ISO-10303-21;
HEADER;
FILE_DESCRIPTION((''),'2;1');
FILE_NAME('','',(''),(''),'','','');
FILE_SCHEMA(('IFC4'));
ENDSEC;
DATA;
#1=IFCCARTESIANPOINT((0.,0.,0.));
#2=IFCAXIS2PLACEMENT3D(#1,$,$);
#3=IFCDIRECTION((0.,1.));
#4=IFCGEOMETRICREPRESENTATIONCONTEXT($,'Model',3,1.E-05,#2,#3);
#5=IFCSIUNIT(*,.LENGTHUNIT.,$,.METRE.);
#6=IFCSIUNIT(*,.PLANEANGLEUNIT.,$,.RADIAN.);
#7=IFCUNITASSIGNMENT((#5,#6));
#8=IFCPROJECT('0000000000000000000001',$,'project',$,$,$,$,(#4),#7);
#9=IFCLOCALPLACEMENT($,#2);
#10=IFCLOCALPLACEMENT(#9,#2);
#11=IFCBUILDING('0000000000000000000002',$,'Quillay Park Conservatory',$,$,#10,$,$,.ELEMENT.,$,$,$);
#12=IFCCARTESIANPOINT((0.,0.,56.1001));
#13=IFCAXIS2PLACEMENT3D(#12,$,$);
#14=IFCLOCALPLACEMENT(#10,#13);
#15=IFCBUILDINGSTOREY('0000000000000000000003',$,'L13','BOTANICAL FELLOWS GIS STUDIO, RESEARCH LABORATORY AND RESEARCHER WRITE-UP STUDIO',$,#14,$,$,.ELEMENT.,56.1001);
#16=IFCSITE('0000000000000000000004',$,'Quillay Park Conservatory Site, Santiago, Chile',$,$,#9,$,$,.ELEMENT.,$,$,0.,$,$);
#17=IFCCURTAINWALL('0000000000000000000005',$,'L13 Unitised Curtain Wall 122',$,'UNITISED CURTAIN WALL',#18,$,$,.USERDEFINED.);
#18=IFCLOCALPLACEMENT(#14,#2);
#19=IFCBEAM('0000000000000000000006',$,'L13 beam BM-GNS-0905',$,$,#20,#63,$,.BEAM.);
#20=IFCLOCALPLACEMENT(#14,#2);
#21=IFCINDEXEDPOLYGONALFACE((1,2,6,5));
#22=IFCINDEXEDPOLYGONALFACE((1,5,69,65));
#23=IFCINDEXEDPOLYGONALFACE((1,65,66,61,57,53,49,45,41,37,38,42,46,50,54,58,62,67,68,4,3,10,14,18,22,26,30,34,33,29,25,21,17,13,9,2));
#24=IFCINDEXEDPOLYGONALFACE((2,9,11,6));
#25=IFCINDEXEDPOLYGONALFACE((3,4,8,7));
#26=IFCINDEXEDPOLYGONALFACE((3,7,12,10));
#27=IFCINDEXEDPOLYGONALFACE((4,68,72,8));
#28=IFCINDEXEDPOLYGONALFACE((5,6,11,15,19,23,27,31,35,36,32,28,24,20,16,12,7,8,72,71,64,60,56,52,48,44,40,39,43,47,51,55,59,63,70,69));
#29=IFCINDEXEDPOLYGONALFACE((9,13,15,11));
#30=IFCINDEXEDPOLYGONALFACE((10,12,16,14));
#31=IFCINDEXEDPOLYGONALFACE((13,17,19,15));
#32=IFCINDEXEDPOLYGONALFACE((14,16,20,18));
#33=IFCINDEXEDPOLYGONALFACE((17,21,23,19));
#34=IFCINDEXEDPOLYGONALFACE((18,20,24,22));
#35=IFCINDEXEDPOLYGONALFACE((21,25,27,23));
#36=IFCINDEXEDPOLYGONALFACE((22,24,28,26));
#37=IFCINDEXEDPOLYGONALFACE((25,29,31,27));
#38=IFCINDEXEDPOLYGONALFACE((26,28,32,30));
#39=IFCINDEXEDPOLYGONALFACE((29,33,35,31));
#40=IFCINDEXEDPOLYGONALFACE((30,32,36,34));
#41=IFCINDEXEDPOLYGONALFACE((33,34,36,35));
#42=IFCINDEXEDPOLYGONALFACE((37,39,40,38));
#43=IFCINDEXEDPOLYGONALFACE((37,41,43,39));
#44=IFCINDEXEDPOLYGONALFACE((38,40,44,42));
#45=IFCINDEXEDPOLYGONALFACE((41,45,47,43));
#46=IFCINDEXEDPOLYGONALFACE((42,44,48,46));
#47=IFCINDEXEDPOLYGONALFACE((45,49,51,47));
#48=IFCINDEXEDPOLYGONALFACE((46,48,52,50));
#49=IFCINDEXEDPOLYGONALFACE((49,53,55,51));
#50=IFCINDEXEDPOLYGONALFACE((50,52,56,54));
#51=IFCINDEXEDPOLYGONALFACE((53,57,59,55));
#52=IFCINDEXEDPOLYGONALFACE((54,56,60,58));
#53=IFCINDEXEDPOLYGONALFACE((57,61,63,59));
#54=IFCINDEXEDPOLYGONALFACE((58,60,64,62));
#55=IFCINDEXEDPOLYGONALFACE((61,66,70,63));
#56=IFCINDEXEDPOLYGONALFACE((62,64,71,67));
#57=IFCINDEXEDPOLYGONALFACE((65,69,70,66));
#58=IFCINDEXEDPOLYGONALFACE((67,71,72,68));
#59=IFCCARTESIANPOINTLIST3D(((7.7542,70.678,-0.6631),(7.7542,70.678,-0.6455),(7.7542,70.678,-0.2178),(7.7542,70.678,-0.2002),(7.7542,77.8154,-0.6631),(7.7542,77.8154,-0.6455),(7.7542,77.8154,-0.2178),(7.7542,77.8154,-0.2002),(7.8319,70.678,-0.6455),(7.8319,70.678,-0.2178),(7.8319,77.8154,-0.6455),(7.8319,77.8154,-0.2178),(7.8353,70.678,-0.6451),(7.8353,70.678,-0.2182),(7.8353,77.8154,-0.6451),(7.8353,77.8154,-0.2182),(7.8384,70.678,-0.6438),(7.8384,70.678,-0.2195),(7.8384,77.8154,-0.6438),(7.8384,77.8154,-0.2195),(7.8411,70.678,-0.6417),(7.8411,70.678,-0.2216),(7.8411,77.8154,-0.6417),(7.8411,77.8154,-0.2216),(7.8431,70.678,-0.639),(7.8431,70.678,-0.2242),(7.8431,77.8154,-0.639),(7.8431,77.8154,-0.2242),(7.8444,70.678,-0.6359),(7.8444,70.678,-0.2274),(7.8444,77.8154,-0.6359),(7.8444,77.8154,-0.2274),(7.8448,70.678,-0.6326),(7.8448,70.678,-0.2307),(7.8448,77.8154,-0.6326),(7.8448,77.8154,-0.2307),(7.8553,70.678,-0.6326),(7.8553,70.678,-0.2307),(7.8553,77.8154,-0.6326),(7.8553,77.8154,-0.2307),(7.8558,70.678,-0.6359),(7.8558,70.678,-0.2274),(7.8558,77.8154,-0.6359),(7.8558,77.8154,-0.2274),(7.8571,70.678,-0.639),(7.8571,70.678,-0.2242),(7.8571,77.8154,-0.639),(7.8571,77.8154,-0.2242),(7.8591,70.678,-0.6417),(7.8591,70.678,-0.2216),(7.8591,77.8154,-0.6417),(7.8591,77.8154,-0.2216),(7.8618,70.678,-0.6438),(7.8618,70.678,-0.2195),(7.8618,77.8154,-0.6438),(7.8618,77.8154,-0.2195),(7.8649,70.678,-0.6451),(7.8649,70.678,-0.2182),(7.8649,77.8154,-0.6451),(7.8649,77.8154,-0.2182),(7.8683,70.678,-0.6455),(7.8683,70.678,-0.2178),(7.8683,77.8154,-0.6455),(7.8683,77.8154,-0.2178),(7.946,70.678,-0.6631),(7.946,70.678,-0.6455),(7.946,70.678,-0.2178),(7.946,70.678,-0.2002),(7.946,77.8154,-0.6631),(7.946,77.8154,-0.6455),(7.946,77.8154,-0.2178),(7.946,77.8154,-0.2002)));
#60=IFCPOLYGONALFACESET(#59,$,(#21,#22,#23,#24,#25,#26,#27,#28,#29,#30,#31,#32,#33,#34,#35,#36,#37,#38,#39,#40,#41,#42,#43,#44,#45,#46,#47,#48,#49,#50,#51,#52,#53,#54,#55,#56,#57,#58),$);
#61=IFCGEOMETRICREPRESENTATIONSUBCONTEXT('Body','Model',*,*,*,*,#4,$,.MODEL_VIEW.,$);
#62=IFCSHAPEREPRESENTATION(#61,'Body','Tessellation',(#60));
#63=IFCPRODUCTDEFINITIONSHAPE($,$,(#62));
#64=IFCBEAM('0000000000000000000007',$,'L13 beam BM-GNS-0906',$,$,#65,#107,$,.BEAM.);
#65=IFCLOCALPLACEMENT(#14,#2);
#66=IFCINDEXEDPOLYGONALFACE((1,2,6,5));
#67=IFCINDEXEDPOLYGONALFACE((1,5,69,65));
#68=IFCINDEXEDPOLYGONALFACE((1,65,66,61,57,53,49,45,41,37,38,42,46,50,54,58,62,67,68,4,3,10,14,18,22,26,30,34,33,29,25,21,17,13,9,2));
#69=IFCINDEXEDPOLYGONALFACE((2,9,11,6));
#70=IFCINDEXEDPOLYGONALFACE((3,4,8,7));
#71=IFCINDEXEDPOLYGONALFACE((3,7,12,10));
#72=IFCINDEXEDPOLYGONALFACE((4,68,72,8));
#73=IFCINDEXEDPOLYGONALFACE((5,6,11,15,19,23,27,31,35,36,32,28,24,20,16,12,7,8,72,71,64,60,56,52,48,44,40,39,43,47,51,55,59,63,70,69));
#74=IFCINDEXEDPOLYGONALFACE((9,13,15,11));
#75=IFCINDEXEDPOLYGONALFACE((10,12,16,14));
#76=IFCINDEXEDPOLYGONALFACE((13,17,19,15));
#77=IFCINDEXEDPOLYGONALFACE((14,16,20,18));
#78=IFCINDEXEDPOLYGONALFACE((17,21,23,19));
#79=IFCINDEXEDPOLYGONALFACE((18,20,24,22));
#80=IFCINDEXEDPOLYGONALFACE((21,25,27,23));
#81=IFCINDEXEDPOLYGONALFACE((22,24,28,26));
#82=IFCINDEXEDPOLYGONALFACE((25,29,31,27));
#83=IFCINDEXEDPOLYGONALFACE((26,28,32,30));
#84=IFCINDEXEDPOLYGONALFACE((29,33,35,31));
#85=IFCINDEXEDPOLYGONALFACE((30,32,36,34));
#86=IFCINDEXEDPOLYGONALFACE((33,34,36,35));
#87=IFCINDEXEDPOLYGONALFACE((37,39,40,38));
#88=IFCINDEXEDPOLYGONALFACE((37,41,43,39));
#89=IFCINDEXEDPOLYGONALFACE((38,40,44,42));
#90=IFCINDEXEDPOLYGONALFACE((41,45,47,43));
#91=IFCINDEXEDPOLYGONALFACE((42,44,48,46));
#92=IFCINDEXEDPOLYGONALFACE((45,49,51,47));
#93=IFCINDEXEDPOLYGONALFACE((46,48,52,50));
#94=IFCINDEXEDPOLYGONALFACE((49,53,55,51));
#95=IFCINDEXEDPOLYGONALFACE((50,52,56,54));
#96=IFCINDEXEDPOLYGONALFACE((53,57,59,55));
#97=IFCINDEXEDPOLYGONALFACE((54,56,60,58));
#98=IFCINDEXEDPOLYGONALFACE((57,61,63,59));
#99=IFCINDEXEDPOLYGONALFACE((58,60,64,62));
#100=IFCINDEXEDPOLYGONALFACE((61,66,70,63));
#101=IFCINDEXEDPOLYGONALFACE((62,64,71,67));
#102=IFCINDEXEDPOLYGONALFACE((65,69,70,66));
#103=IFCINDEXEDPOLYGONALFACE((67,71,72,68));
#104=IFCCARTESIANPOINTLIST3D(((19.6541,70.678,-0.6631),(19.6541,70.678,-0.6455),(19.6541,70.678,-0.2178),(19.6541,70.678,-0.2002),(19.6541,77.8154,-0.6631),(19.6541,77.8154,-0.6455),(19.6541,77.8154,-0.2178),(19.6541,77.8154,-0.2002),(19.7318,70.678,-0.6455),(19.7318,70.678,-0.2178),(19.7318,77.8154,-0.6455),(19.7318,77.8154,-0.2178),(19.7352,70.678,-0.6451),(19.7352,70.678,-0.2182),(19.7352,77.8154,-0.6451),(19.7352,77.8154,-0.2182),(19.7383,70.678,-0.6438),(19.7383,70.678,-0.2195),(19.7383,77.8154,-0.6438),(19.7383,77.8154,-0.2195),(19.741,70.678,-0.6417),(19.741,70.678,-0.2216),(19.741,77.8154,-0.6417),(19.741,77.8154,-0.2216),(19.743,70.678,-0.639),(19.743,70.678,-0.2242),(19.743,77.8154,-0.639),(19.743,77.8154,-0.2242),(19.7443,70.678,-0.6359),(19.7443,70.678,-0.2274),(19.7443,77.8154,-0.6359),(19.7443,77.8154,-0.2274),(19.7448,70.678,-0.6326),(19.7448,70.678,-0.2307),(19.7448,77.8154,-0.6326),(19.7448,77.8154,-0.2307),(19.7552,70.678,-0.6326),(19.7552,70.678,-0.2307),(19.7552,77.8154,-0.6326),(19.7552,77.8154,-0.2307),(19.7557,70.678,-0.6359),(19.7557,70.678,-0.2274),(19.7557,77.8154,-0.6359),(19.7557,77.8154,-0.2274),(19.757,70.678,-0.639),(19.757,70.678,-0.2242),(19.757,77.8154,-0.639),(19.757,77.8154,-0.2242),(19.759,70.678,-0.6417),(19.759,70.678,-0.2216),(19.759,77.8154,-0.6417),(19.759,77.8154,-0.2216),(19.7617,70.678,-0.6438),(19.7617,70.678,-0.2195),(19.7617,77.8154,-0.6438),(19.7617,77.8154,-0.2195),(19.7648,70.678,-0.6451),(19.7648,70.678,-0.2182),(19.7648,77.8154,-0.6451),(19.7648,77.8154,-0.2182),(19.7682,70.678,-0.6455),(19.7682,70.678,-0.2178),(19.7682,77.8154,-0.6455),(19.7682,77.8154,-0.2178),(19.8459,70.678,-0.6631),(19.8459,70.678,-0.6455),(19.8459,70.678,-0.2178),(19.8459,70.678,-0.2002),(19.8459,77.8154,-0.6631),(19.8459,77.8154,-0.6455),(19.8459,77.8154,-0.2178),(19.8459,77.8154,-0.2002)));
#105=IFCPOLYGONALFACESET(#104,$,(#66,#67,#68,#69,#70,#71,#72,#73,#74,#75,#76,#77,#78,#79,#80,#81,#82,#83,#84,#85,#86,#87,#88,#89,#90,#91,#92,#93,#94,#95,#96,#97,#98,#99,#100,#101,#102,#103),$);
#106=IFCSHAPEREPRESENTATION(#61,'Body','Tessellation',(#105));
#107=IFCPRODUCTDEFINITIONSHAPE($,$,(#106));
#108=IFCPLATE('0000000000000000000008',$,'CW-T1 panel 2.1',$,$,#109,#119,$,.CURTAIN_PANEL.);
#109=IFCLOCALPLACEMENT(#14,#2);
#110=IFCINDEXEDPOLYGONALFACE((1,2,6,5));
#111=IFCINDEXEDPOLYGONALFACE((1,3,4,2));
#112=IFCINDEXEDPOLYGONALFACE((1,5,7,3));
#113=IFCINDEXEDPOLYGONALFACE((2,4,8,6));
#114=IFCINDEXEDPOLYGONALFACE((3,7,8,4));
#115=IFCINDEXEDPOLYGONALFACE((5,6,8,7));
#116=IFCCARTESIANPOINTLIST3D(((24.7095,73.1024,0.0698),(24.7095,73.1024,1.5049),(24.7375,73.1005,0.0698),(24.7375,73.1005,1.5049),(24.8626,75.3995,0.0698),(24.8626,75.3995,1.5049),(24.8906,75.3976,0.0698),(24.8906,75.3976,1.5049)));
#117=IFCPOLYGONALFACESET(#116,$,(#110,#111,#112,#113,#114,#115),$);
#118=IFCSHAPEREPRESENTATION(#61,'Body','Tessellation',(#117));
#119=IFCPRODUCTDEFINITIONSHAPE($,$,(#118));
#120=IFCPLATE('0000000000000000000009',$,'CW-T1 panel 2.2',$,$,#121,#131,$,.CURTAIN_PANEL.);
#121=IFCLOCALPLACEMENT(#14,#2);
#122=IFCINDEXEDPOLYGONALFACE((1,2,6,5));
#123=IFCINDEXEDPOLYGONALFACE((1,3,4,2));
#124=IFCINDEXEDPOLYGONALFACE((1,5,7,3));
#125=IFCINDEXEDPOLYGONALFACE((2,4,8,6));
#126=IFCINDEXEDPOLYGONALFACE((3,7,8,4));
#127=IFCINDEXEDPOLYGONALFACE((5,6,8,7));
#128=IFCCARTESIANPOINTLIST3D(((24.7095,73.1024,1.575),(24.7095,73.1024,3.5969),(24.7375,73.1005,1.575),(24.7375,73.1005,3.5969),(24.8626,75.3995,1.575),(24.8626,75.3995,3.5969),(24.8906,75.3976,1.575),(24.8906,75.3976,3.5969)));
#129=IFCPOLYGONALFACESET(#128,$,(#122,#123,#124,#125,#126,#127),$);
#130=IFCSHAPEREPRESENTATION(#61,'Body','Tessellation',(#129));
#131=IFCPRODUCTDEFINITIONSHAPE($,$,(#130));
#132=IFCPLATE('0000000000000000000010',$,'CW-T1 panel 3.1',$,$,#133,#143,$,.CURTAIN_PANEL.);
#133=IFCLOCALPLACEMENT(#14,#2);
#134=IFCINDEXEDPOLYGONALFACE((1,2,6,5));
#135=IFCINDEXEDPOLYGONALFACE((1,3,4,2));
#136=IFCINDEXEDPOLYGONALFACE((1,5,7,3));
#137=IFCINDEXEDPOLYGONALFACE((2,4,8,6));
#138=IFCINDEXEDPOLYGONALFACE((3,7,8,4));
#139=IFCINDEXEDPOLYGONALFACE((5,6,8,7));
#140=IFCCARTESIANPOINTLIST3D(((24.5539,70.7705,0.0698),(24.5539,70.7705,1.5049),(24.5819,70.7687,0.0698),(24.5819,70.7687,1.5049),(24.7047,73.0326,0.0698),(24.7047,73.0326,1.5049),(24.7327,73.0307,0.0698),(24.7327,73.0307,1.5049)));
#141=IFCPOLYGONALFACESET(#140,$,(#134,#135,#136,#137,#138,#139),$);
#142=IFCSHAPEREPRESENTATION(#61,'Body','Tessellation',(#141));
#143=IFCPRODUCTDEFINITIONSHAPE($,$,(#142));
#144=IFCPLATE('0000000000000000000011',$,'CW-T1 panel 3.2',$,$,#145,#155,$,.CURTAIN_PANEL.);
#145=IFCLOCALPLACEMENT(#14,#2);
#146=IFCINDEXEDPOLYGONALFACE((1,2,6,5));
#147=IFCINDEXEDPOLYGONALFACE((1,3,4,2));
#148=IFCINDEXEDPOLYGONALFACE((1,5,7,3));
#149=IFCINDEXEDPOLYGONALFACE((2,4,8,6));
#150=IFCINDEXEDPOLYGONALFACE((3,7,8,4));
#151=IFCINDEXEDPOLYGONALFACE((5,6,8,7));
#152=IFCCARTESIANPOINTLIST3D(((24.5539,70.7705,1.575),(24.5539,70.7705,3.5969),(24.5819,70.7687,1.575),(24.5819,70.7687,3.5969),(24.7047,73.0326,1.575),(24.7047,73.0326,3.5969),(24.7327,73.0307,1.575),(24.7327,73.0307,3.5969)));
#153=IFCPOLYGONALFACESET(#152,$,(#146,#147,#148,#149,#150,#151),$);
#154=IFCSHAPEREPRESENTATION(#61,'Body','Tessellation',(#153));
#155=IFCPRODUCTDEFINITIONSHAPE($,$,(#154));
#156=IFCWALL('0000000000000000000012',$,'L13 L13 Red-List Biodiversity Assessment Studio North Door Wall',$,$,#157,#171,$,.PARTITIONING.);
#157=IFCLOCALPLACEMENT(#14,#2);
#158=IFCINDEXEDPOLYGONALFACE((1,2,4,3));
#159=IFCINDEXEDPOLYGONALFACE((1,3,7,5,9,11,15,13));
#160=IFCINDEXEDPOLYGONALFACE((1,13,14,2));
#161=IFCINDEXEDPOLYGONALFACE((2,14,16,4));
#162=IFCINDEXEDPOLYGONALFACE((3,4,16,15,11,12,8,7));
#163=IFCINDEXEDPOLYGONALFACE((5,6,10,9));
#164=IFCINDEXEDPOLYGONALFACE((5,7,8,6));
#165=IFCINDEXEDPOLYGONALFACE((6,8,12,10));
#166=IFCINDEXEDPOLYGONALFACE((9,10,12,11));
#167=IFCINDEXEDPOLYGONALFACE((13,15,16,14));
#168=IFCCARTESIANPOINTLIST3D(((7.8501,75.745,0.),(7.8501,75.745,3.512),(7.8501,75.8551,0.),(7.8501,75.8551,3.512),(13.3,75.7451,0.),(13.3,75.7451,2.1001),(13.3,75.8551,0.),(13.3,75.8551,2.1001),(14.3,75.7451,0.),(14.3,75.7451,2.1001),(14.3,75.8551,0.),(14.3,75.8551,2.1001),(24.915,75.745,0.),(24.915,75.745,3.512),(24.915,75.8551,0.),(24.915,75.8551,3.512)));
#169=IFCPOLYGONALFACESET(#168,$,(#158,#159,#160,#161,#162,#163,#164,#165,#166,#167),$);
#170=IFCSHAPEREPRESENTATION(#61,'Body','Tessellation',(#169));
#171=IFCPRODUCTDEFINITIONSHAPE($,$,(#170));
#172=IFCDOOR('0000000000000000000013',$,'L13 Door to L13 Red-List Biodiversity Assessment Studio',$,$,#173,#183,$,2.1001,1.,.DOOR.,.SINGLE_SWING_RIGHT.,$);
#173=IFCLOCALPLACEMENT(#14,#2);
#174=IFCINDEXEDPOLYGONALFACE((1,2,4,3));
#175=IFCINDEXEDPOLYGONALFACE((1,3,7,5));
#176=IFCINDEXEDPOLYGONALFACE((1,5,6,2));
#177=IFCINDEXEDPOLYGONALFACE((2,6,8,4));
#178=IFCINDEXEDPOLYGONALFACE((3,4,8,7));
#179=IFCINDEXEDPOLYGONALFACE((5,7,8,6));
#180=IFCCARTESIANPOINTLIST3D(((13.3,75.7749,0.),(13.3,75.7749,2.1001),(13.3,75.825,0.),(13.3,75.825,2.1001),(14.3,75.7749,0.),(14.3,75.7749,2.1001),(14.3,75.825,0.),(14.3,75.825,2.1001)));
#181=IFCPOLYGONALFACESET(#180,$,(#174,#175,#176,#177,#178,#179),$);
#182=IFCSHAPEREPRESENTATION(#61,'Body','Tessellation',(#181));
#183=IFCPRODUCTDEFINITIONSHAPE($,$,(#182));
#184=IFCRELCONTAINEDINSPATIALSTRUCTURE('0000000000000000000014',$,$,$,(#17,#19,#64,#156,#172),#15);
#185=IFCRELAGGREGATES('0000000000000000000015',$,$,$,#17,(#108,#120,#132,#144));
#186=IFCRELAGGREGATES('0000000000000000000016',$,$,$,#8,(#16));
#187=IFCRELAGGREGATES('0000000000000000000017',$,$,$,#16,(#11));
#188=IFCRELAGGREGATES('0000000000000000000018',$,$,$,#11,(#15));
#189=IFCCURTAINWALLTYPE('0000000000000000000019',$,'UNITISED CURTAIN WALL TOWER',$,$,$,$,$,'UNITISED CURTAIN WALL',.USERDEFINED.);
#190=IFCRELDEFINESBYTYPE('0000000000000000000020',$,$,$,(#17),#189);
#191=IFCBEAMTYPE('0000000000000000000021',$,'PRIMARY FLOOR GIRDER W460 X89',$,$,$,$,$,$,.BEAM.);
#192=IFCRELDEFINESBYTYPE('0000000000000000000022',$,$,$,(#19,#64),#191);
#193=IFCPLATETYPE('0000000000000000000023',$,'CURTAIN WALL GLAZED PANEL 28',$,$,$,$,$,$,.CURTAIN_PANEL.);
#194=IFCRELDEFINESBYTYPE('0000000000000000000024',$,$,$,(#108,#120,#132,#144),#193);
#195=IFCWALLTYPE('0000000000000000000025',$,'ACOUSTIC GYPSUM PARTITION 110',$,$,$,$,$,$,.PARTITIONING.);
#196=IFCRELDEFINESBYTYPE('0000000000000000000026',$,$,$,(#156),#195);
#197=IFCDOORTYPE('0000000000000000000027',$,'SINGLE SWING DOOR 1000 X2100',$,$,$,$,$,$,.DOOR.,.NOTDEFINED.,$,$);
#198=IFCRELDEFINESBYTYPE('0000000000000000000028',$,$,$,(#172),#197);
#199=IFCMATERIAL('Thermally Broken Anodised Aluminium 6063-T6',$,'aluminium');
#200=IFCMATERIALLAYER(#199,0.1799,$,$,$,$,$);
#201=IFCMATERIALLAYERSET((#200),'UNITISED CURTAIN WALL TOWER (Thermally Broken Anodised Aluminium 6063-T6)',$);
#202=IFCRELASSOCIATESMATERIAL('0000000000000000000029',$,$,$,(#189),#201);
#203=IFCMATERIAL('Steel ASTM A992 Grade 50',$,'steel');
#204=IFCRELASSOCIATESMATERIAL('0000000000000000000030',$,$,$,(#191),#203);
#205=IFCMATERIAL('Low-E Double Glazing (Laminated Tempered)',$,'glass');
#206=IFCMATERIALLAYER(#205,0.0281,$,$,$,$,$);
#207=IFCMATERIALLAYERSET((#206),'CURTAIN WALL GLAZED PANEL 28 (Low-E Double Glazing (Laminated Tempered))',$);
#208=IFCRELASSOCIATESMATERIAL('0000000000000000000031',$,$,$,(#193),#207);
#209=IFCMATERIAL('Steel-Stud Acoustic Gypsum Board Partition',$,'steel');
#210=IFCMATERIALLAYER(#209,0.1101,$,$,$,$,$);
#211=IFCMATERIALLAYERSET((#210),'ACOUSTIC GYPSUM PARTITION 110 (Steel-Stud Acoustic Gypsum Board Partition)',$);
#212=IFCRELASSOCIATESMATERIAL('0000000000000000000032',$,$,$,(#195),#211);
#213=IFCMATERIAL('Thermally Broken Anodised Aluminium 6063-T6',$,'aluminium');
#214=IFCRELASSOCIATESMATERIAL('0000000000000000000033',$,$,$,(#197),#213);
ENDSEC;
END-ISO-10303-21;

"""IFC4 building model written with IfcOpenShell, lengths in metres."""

from ifc_helpers import new_model, si_unit, direction, frame, frame_2d, origin, origin_2d, place, context, subcontext, project, spatial, rectangle, i_section, extrude, material, layer, layer_set, material_profile, profile_set, type_object, element, fill, aggregate, save


model = new_model("IFC4")

# Units and contexts
model_context = context("Model", 3, precision=1e-05, world=origin(), true_north=direction((0.0, 1.0)))
body_context = subcontext(model_context, "Body", "Model", "MODEL_VIEW")
ifc_project = project(units=[si_unit("LENGTHUNIT", "METRE"), si_unit("PLANEANGLEUNIT", "RADIAN")], contexts=[model_context])

# Site, building, storey
site_placement = place(None, origin())
site = spatial("IfcSite", under=ifc_project, at=site_placement, Name="Quillay Park Conservatory Site, Santiago, Chile", CompositionType="ELEMENT", RefElevation=0.0)
building_placement = place(site_placement, origin())
building = spatial("IfcBuilding", under=site, at=building_placement, Name="Quillay Park Conservatory", CompositionType="ELEMENT")
storey_placement = place(building_placement, frame((0.0, 0.0, 56.1001)))
storey = spatial("IfcBuildingStorey", under=building, at=storey_placement, Name="L13", Description="BOTANICAL FELLOWS GIS STUDIO, RESEARCH LABORATORY AND RESEARCHER WRITE-UP STUDIO", CompositionType="ELEMENT", Elevation=56.1001)

# Curtain wall
ifc_material_1 = material(Name="Thermally Broken Anodised Aluminium 6063-T6", Category="aluminium")
ifc_layer_1 = layer(ifc_material_1, 0.1799)
ifc_layer_set_1 = layer_set([ifc_layer_1], Name="UNITISED CURTAIN WALL TOWER (Thermally Broken Anodised Aluminium 6063-T6)")
curtain_wall_type = type_object("IfcCurtainWallType", Name="UNITISED CURTAIN WALL TOWER", ElementType="UNITISED CURTAIN WALL", PredefinedType="USERDEFINED", material=ifc_layer_set_1)
curtain_wall_placement = place(storey_placement, origin())
curtain_wall = element("IfcCurtainWall", 1, at=curtain_wall_placement, inside=storey, type_object=curtain_wall_type, Name="L13 Unitised Curtain Wall 122", ObjectType="UNITISED CURTAIN WALL", PredefinedType="USERDEFINED")

# Beams
ifc_material_2 = material(Name="Steel ASTM A992 Grade 50", Category="steel")
ifc_material_profile_1 = material_profile(ifc_material_2, i_section(OverallWidth=0.1919, OverallDepth=0.4629, WebThickness=0.0105, FlangeThickness=0.0176, FilletRadius=0.0129, at=origin_2d()), Name="W460x89")
ifc_profile_set_1 = profile_set([ifc_material_profile_1], Name="Steel ASTM A992 Grade 50")
beam_type_1 = type_object("IfcBeamType", Name="PRIMARY FLOOR GIRDER W460 X89", PredefinedType="BEAM", material=ifc_profile_set_1)
for number, where, z_axis, x_axis, name in (
    (2, (7.8501, 70.678, -0.4316), (0.0, 1.0, 0.0), (-1.0, 0.0, 0.0), "L13 beam BM-GNS-0905"),
    (3, (19.75, 70.678, -0.4316), (0.0, 1.0, 0.0), (-1.0, 0.0, 0.0), "L13 beam BM-GNS-0906"),
):
    element("IfcBeam", number, at=place(storey_placement, frame(where, z_axis=z_axis, x_axis=x_axis)), inside=storey, type_object=beam_type_1, Name=name, PredefinedType="BEAM", context=body_context, shape_type="SweptSolid", body=[
        extrude(i_section(OverallWidth=0.1919, OverallDepth=0.4629, WebThickness=0.0105, FlangeThickness=0.0176, FilletRadius=0.0129, at=origin_2d()), origin(), (0.0, 0.0, 1.0), 7.1375),
    ])

# Plates
ifc_material_3 = material(Name="Low-E Double Glazing (Laminated Tempered)", Category="glass")
ifc_layer_2 = layer(ifc_material_3, 0.0281)
ifc_layer_set_2 = layer_set([ifc_layer_2], Name="CURTAIN WALL GLAZED PANEL 28 (Low-E Double Glazing (Laminated Tempered))")
plate_type = type_object("IfcPlateType", Name="CURTAIN WALL GLAZED PANEL 28", PredefinedType="CURTAIN_PANEL", material=ifc_layer_set_2)
plate_1_placement = place(storey_placement, frame((24.8, 74.25, 0.0698), z_axis=(0.0, 0.0, 1.0), x_axis=(-0.066521, -0.997785, 0.0)))
plate_1 = element("IfcPlate", 4, at=plate_1_placement, type_object=plate_type, Name="CW-T1 panel 2.1", PredefinedType="CURTAIN_PANEL", context=body_context, shape_type="SweptSolid", body=[
    extrude(rectangle(XDim=2.3022, YDim=0.0281, at=origin_2d()), origin(), (0.0, 0.0, 1.0), 1.4351),
])
plate_2_placement = place(storey_placement, frame((24.8, 74.25, 1.575), z_axis=(0.0, 0.0, 1.0), x_axis=(-0.066521, -0.997785, 0.0)))
plate_2 = element("IfcPlate", 5, at=plate_2_placement, type_object=plate_type, Name="CW-T1 panel 2.2", PredefinedType="CURTAIN_PANEL", context=body_context, shape_type="SweptSolid", body=[
    extrude(rectangle(XDim=2.3022, YDim=0.0281, at=origin_2d()), origin(), (0.0, 0.0, 1.0), 2.022),
])
plate_3_placement = place(storey_placement, frame((24.6433, 71.9006, 0.0698), z_axis=(0.0, 0.0, 1.0), x_axis=(-0.066521, -0.997785, 0.0)))
plate_3 = element("IfcPlate", 6, at=plate_3_placement, type_object=plate_type, Name="CW-T1 panel 3.1", PredefinedType="CURTAIN_PANEL", context=body_context, shape_type="SweptSolid", body=[
    extrude(rectangle(XDim=2.2671, YDim=0.0281, at=origin_2d()), origin(), (0.0, 0.0, 1.0), 1.4351),
])
plate_4_placement = place(storey_placement, frame((24.6433, 71.9006, 1.575), z_axis=(0.0, 0.0, 1.0), x_axis=(-0.066521, -0.997785, 0.0)))
plate_4 = element("IfcPlate", 7, at=plate_4_placement, type_object=plate_type, Name="CW-T1 panel 3.2", PredefinedType="CURTAIN_PANEL", context=body_context, shape_type="SweptSolid", body=[
    extrude(rectangle(XDim=2.2671, YDim=0.0281, at=origin_2d()), origin(), (0.0, 0.0, 1.0), 2.022),
])
aggregate(curtain_wall, [plate_1, plate_2, plate_3, plate_4])

# Wall, opening, door
ifc_material_4 = material(Name="Steel-Stud Acoustic Gypsum Board Partition", Category="steel")
ifc_layer_3 = layer(ifc_material_4, 0.1101)
ifc_layer_set_3 = layer_set([ifc_layer_3], Name="ACOUSTIC GYPSUM PARTITION 110 (Steel-Stud Acoustic Gypsum Board Partition)")
wall_type = type_object("IfcWallType", Name="ACOUSTIC GYPSUM PARTITION 110", PredefinedType="PARTITIONING", material=ifc_layer_set_3)
wall_placement = place(storey_placement, frame((7.8501, 75.8, 0.0), z_axis=(0.0, 0.0, 1.0), x_axis=(1.0, 0.0, 0.0)))
wall = element("IfcWall", 8, at=wall_placement, inside=storey, type_object=wall_type, Name="L13 L13 Red-List Biodiversity Assessment Studio North Door Wall", PredefinedType="PARTITIONING", context=body_context, shape_type="SweptSolid", body=[
    extrude(rectangle(XDim=17.0649, YDim=0.1101, at=frame_2d((8.5325, 0.0))), origin(), (0.0, 0.0, 1.0), 3.512),
])
opening_placement = place(wall_placement, frame((5.45, 0.0, 0.0)))
opening = element("IfcOpeningElement", 9, at=opening_placement, cuts=wall, PredefinedType="OPENING", context=body_context, shape_type="SweptSolid", body=[
    extrude(rectangle(XDim=1.0, YDim=2.1001, at=frame_2d((0.5, 1.05))), frame((0.0, 0.0552, 0.0), z_axis=(0.0, -1.0, 0.0), x_axis=(1.0, 0.0, 0.0)), (0.0, 0.0, 1.0), 0.1101),
])
ifc_material_5 = material(Name="Thermally Broken Anodised Aluminium 6063-T6", Category="aluminium")
door_type = type_object("IfcDoorType", Name="SINGLE SWING DOOR 1000 X2100", OperationType="NOTDEFINED", PredefinedType="DOOR", material=ifc_material_5)
door_placement = place(opening_placement, origin())
door = element("IfcDoor", 10, at=door_placement, inside=storey, type_object=door_type, Name="L13 Door to L13 Red-List Biodiversity Assessment Studio", OperationType="SINGLE_SWING_RIGHT", OverallHeight=2.1001, OverallWidth=1.0, PredefinedType="DOOR", context=body_context, shape_type="SweptSolid", body=[
    extrude(rectangle(XDim=1.0, YDim=2.1001, at=frame_2d((0.5, 1.05))), frame((0.0, 0.0249, 0.0), z_axis=(0.0, -1.0, 0.0), x_axis=(1.0, 0.0, 0.0)), (0.0, 0.0, 1.0), 0.05),
])
fill(opening, door)

save(model, "model.ifc")
